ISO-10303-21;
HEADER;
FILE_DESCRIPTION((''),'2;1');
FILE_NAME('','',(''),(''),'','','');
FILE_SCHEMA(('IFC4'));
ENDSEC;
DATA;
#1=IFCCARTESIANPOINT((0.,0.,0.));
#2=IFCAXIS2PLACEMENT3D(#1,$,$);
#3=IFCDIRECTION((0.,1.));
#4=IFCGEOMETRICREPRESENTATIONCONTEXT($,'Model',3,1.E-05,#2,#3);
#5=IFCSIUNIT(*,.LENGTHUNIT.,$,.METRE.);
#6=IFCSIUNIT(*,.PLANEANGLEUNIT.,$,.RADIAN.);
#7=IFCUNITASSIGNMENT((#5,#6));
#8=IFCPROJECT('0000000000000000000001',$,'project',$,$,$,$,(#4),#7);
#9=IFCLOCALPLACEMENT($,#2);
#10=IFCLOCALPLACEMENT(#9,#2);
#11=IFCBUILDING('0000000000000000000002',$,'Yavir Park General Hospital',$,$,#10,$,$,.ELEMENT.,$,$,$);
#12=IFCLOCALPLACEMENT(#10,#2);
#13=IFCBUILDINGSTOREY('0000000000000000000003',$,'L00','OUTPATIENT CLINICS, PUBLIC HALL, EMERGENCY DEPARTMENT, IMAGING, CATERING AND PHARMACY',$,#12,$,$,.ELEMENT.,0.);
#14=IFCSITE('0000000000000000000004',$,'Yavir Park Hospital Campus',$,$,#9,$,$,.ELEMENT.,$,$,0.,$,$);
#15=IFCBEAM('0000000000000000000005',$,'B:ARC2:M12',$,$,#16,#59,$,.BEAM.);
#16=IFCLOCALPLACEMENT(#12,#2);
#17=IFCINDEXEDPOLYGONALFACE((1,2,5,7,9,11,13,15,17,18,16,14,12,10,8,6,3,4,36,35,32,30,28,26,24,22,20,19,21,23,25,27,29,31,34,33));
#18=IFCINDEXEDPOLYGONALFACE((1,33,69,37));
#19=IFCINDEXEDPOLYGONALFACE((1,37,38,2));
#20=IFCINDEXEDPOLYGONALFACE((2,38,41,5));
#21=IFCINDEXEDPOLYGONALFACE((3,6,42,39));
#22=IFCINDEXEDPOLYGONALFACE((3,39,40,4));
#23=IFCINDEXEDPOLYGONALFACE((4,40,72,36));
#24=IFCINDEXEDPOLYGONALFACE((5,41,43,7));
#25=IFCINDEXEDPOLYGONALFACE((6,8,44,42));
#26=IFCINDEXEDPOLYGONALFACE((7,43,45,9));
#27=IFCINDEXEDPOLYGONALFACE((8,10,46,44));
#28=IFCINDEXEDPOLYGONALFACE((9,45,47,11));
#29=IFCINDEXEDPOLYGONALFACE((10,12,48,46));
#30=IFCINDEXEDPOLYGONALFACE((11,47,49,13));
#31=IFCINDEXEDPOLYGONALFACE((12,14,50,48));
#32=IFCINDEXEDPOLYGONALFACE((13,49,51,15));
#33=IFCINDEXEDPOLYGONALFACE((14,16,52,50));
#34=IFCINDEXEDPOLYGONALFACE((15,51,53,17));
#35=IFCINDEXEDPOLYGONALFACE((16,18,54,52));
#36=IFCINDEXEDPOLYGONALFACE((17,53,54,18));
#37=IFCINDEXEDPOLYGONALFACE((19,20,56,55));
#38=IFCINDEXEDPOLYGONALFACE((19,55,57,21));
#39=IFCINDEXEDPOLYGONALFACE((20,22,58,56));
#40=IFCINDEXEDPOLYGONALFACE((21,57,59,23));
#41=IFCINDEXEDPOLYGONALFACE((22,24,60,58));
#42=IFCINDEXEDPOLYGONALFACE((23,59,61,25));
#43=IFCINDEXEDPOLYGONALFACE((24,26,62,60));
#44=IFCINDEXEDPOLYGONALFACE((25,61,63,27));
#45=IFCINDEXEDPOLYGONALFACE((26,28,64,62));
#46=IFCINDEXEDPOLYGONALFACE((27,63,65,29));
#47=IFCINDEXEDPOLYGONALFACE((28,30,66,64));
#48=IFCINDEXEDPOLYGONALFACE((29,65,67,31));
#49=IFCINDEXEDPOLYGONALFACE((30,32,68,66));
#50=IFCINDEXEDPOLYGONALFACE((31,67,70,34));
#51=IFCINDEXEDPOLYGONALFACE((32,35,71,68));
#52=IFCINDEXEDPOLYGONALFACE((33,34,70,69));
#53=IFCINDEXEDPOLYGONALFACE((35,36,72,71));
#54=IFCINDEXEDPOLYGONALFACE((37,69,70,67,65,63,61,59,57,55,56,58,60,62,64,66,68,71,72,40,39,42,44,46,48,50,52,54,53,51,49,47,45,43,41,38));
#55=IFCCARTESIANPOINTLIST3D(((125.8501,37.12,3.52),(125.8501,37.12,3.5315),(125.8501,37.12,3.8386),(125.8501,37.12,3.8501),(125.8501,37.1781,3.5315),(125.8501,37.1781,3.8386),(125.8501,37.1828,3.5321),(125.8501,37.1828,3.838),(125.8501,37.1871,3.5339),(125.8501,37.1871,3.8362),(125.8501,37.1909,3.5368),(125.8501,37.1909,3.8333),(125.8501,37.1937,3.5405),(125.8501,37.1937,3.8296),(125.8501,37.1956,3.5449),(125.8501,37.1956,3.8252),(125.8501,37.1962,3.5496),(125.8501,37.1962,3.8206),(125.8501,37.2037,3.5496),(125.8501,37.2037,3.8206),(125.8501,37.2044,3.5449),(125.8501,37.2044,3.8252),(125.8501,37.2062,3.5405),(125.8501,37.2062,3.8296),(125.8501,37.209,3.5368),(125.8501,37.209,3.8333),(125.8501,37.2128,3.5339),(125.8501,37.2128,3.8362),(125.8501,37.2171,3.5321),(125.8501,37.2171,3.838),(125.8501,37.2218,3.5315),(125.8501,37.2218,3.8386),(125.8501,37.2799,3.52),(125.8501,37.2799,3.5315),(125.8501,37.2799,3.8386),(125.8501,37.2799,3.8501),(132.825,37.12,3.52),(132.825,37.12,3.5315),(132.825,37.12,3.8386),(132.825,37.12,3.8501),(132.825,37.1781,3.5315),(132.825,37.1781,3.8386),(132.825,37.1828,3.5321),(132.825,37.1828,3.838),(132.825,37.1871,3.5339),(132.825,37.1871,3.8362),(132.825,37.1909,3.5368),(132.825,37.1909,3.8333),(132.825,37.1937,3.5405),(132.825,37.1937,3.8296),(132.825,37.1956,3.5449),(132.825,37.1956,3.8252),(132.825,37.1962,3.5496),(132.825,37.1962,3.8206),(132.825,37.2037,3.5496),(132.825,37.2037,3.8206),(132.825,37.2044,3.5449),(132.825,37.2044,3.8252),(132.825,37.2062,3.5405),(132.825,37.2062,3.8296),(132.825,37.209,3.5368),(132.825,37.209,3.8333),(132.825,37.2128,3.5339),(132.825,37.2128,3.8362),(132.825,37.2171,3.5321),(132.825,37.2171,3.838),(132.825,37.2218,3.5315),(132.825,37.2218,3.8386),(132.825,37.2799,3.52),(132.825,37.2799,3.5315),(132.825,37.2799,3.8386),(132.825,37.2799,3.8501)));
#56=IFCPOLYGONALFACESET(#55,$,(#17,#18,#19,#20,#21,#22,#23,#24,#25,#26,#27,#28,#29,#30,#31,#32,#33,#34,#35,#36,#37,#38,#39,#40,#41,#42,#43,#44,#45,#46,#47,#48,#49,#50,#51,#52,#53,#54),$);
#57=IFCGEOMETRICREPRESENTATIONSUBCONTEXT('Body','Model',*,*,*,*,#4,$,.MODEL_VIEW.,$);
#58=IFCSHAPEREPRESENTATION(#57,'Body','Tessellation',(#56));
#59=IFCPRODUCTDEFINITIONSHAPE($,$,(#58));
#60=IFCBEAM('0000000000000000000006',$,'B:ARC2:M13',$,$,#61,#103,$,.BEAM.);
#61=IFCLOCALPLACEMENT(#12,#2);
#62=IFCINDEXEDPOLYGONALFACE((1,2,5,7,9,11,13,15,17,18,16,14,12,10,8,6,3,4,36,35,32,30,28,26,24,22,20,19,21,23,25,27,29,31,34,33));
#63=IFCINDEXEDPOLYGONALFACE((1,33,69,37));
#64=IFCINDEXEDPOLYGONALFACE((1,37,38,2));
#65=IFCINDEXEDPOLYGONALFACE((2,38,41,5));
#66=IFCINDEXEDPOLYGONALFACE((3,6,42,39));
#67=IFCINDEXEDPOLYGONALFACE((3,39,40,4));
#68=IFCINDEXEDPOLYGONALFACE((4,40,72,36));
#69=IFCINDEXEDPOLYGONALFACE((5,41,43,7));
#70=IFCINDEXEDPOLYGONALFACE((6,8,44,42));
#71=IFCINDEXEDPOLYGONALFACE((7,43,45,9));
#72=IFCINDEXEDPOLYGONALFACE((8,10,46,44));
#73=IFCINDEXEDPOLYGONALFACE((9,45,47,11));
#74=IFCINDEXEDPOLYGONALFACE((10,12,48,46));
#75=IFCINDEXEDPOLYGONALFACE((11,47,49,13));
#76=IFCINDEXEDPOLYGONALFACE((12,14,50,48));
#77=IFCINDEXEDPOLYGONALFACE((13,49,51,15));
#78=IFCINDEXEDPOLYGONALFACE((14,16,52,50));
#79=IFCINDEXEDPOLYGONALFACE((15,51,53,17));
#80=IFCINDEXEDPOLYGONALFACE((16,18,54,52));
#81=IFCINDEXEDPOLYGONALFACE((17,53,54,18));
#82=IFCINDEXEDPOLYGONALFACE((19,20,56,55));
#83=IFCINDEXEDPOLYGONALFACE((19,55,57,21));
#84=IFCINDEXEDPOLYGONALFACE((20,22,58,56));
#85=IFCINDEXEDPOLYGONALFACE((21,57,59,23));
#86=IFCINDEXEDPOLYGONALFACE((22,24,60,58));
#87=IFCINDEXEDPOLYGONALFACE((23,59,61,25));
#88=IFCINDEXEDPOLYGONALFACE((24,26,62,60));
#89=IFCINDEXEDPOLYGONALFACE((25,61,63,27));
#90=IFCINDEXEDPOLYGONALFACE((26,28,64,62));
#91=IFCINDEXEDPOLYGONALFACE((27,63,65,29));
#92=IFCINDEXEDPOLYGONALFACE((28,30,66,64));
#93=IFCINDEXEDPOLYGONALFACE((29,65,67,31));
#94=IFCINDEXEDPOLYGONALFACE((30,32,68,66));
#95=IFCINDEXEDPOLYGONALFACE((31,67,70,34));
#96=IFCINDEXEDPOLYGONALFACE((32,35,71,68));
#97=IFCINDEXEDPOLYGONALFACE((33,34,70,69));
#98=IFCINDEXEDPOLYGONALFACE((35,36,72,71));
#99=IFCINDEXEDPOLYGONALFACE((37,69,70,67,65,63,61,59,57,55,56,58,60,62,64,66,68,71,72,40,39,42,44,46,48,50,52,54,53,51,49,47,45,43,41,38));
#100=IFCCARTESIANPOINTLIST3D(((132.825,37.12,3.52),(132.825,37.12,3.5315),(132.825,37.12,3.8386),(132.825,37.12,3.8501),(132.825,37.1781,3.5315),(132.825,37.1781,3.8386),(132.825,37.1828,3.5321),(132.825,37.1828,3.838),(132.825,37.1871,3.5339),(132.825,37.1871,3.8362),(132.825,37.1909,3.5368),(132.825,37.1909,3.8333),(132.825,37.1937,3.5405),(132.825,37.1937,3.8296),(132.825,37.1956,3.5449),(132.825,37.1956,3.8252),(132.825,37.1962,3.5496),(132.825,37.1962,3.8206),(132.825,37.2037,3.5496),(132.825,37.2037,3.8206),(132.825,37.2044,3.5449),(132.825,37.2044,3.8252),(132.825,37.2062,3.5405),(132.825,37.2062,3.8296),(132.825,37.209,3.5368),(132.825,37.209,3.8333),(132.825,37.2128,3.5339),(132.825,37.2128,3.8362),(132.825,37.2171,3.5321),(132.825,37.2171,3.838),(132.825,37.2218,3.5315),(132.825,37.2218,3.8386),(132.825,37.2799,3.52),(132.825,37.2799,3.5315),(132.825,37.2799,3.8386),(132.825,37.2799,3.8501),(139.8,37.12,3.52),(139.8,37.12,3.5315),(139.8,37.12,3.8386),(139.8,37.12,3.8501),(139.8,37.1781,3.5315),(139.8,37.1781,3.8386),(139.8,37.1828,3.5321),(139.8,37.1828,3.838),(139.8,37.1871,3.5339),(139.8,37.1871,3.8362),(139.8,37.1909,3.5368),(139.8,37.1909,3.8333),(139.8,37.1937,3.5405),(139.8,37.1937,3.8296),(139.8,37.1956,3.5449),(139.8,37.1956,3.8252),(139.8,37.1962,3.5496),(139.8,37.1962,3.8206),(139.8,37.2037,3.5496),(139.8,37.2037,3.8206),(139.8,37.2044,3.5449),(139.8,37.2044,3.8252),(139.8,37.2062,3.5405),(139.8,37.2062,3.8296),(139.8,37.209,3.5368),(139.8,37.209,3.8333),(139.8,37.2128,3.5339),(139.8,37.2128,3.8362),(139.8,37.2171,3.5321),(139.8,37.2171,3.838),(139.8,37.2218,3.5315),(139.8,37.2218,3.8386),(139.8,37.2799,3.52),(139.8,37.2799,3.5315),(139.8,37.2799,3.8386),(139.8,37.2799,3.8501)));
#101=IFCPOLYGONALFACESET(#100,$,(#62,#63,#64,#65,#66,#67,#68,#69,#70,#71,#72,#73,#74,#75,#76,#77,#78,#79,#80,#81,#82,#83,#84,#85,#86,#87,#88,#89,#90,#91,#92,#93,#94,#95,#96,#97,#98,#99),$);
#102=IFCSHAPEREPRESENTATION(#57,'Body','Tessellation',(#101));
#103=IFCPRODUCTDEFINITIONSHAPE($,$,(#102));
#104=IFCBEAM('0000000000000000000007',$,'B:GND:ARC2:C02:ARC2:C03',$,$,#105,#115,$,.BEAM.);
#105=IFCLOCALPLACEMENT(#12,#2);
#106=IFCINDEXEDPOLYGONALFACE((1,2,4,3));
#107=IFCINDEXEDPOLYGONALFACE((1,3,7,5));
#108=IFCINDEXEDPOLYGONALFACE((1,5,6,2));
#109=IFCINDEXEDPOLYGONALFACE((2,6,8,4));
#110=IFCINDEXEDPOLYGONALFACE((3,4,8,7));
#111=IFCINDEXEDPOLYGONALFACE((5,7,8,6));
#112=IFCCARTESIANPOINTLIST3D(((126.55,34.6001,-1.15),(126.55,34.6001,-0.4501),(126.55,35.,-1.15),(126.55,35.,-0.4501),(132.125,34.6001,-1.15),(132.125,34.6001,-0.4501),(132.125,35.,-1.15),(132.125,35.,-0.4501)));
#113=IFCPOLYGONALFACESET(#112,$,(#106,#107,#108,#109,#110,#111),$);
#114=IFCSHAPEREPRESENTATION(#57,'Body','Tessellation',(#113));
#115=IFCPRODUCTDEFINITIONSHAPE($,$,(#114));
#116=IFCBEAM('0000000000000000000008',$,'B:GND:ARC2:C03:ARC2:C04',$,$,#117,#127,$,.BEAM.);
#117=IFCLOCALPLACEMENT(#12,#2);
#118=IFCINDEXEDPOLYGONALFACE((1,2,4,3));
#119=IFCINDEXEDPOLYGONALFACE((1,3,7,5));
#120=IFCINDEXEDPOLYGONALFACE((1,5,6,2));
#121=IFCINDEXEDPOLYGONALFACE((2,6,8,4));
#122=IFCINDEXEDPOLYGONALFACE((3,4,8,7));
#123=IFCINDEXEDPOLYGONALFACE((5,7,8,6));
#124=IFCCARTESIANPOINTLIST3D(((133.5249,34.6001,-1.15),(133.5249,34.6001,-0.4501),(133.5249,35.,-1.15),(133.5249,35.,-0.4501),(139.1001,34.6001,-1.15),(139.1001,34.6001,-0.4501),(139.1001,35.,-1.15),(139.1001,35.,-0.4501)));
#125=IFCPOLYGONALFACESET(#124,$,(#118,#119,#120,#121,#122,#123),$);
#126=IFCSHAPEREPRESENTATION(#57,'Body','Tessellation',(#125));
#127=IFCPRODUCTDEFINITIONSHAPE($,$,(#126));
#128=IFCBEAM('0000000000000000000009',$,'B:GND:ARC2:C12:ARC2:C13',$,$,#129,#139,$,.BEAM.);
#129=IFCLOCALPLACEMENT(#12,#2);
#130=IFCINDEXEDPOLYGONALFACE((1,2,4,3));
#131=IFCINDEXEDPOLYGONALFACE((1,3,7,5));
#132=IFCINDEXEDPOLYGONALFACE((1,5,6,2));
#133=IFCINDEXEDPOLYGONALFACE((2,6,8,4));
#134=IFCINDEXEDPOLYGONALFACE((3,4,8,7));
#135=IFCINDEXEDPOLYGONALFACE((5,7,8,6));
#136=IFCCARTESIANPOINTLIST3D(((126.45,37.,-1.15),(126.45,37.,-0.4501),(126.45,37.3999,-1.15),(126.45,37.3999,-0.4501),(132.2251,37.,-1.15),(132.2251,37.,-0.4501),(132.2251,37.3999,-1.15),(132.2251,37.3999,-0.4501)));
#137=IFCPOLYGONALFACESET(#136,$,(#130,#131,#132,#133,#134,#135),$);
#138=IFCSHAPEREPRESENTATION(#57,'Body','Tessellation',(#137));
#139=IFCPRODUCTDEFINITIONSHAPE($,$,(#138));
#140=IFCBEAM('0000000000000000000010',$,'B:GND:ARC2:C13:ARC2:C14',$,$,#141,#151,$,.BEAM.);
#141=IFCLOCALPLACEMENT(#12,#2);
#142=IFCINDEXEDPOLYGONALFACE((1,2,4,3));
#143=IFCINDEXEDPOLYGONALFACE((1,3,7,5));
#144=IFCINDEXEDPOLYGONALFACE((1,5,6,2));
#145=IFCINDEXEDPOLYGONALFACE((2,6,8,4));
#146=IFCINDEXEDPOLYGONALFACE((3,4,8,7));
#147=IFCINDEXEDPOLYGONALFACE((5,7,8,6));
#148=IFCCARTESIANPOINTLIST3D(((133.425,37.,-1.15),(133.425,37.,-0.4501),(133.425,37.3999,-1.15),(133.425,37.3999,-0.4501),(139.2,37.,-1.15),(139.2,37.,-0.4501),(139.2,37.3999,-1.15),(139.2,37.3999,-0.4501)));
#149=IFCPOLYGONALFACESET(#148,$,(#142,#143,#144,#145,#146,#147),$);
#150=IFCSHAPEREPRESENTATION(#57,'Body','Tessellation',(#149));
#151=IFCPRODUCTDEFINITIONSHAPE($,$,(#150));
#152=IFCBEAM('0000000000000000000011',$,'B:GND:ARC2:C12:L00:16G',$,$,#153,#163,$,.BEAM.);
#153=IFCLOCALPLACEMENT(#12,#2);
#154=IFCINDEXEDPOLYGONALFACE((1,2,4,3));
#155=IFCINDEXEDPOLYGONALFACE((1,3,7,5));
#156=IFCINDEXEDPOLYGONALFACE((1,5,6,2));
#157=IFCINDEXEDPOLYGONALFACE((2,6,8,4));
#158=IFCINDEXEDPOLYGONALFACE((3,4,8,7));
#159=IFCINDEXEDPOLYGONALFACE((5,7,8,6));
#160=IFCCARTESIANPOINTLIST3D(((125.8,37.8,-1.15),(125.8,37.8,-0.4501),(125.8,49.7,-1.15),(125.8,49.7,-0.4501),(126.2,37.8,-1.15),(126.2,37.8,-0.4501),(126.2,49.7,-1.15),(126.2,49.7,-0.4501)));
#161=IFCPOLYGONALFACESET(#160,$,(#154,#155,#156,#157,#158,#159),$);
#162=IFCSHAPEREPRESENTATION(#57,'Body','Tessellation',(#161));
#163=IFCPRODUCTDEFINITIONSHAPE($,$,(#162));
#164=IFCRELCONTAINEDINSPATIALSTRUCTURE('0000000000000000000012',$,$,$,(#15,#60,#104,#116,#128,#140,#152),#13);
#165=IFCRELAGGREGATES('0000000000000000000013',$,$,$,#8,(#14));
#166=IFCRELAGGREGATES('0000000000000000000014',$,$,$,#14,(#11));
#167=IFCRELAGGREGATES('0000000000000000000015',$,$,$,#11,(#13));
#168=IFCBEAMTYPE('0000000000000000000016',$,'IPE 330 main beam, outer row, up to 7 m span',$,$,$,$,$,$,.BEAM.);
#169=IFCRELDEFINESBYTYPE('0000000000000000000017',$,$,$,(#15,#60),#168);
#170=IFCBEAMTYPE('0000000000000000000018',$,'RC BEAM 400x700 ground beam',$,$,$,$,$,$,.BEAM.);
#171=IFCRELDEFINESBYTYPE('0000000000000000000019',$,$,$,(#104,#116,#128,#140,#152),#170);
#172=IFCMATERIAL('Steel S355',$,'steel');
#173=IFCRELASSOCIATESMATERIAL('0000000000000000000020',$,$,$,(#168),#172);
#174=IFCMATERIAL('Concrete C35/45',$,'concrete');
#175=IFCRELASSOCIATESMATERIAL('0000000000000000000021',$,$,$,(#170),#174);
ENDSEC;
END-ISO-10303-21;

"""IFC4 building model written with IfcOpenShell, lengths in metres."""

from ifc_helpers import new_model, si_unit, direction, frame, origin, origin_2d, place, context, subcontext, project, spatial, rectangle, i_section, extrude, material, material_profile, profile_set, type_object, element, save


model = new_model("IFC4")

# Units and contexts
model_context = context("Model", 3, precision=1e-05, world=origin(), true_north=direction((0.0, 1.0)))
body_context = subcontext(model_context, "Body", "Model", "MODEL_VIEW")
ifc_project = project(units=[si_unit("LENGTHUNIT", "METRE"), si_unit("PLANEANGLEUNIT", "RADIAN")], contexts=[model_context])

# Site, building, storey
site_placement = place(None, origin())
site = spatial("IfcSite", under=ifc_project, at=site_placement, Name="Yavir Park Hospital Campus", CompositionType="ELEMENT", RefElevation=0.0)
building_placement = place(site_placement, origin())
building = spatial("IfcBuilding", under=site, at=building_placement, Name="Yavir Park General Hospital", CompositionType="ELEMENT")
storey_placement = place(building_placement, origin())
storey = spatial("IfcBuildingStorey", under=building, at=storey_placement, Name="L00", Description="OUTPATIENT CLINICS, PUBLIC HALL, EMERGENCY DEPARTMENT, IMAGING, CATERING AND PHARMACY", CompositionType="ELEMENT", Elevation=0.0)

# Beams
ifc_material_1 = material(Name="Steel S355", Category="steel")
ifc_material_profile_1 = material_profile(ifc_material_1, i_section(OverallWidth=0.1599, OverallDepth=0.3301, WebThickness=0.0076, FlangeThickness=0.0115, FilletRadius=0.0181, at=origin_2d()), Name="IPE330")
ifc_profile_set_1 = profile_set([ifc_material_profile_1], Name="Steel S355")
beam_type_1 = type_object("IfcBeamType", Name="IPE 330 main beam, outer row, up to 7 m span", PredefinedType="BEAM", material=ifc_profile_set_1)
beam_1_placement = place(storey_placement, frame((125.8501, 37.2, 3.6851), z_axis=(1.0, 0.0, 0.0), x_axis=(0.0, 1.0, 0.0)))
element("IfcBeam", 1, at=beam_1_placement, inside=storey, type_object=beam_type_1, Name="B:ARC2:M12", PredefinedType="BEAM", context=body_context, shape_type="SweptSolid", body=[
    extrude(i_section(OverallWidth=0.1599, OverallDepth=0.3301, WebThickness=0.0076, FlangeThickness=0.0115, FilletRadius=0.0181, at=origin_2d()), origin(), (0.0, 0.0, 1.0), 6.9749),
])
beam_2_placement = place(storey_placement, frame((132.825, 37.2, 3.6851), z_axis=(1.0, 0.0, 0.0), x_axis=(0.0, 1.0, 0.0)))
element("IfcBeam", 2, at=beam_2_placement, inside=storey, type_object=beam_type_1, Name="B:ARC2:M13", PredefinedType="BEAM", context=body_context, shape_type="SweptSolid", body=[
    extrude(i_section(OverallWidth=0.1599, OverallDepth=0.3301, WebThickness=0.0076, FlangeThickness=0.0115, FilletRadius=0.0181, at=origin_2d()), origin(), (0.0, 0.0, 1.0), 6.9751),
])
ifc_material_2 = material(Name="Concrete C35/45", Category="concrete")
ifc_material_profile_2 = material_profile(ifc_material_2, rectangle(XDim=0.3999, YDim=0.7, at=origin_2d()), Name="RC400x700")
ifc_profile_set_2 = profile_set([ifc_material_profile_2], Name="Concrete C35/45")
beam_type_2 = type_object("IfcBeamType", Name="RC BEAM 400x700 ground beam", PredefinedType="BEAM", material=ifc_profile_set_2)
beam_3_placement = place(storey_placement, frame((126.55, 34.8, -0.8), z_axis=(1.0, 0.0, 0.0), x_axis=(0.0, 1.0, 0.0)))
element("IfcBeam", 3, at=beam_3_placement, inside=storey, type_object=beam_type_2, Name="B:GND:ARC2:C02:ARC2:C03", PredefinedType="BEAM", context=body_context, shape_type="SweptSolid", body=[
    extrude(rectangle(XDim=0.3999, YDim=0.7, at=origin_2d()), origin(), (0.0, 0.0, 1.0), 5.575),
])
beam_4_placement = place(storey_placement, frame((133.5249, 34.8, -0.8), z_axis=(1.0, 0.0, 0.0), x_axis=(0.0, 1.0, 0.0)))
element("IfcBeam", 4, at=beam_4_placement, inside=storey, type_object=beam_type_2, Name="B:GND:ARC2:C03:ARC2:C04", PredefinedType="BEAM", context=body_context, shape_type="SweptSolid", body=[
    extrude(rectangle(XDim=0.3999, YDim=0.7, at=origin_2d()), origin(), (0.0, 0.0, 1.0), 5.5752),
])
beam_5_placement = place(storey_placement, frame((126.45, 37.2, -0.8), z_axis=(1.0, 0.0, 0.0), x_axis=(0.0, 1.0, 0.0)))
element("IfcBeam", 5, at=beam_5_placement, inside=storey, type_object=beam_type_2, Name="B:GND:ARC2:C12:ARC2:C13", PredefinedType="BEAM", context=body_context, shape_type="SweptSolid", body=[
    extrude(rectangle(XDim=0.3999, YDim=0.7, at=origin_2d()), origin(), (0.0, 0.0, 1.0), 5.7751),
])
beam_6_placement = place(storey_placement, frame((133.425, 37.2, -0.8), z_axis=(1.0, 0.0, 0.0), x_axis=(0.0, 1.0, 0.0)))
element("IfcBeam", 6, at=beam_6_placement, inside=storey, type_object=beam_type_2, Name="B:GND:ARC2:C13:ARC2:C14", PredefinedType="BEAM", context=body_context, shape_type="SweptSolid", body=[
    extrude(rectangle(XDim=0.3999, YDim=0.7, at=origin_2d()), origin(), (0.0, 0.0, 1.0), 5.7749),
])
beam_7_placement = place(storey_placement, frame((126.0, 37.8, -0.8), z_axis=(0.0, 1.0, 0.0), x_axis=(-1.0, 0.0, 0.0)))
element("IfcBeam", 7, at=beam_7_placement, inside=storey, type_object=beam_type_2, Name="B:GND:ARC2:C12:L00:16G", PredefinedType="BEAM", context=body_context, shape_type="SweptSolid", body=[
    extrude(rectangle(XDim=0.3999, YDim=0.7, at=origin_2d()), origin(), (0.0, 0.0, 1.0), 11.8999),
])

save(model, "model.ifc")
